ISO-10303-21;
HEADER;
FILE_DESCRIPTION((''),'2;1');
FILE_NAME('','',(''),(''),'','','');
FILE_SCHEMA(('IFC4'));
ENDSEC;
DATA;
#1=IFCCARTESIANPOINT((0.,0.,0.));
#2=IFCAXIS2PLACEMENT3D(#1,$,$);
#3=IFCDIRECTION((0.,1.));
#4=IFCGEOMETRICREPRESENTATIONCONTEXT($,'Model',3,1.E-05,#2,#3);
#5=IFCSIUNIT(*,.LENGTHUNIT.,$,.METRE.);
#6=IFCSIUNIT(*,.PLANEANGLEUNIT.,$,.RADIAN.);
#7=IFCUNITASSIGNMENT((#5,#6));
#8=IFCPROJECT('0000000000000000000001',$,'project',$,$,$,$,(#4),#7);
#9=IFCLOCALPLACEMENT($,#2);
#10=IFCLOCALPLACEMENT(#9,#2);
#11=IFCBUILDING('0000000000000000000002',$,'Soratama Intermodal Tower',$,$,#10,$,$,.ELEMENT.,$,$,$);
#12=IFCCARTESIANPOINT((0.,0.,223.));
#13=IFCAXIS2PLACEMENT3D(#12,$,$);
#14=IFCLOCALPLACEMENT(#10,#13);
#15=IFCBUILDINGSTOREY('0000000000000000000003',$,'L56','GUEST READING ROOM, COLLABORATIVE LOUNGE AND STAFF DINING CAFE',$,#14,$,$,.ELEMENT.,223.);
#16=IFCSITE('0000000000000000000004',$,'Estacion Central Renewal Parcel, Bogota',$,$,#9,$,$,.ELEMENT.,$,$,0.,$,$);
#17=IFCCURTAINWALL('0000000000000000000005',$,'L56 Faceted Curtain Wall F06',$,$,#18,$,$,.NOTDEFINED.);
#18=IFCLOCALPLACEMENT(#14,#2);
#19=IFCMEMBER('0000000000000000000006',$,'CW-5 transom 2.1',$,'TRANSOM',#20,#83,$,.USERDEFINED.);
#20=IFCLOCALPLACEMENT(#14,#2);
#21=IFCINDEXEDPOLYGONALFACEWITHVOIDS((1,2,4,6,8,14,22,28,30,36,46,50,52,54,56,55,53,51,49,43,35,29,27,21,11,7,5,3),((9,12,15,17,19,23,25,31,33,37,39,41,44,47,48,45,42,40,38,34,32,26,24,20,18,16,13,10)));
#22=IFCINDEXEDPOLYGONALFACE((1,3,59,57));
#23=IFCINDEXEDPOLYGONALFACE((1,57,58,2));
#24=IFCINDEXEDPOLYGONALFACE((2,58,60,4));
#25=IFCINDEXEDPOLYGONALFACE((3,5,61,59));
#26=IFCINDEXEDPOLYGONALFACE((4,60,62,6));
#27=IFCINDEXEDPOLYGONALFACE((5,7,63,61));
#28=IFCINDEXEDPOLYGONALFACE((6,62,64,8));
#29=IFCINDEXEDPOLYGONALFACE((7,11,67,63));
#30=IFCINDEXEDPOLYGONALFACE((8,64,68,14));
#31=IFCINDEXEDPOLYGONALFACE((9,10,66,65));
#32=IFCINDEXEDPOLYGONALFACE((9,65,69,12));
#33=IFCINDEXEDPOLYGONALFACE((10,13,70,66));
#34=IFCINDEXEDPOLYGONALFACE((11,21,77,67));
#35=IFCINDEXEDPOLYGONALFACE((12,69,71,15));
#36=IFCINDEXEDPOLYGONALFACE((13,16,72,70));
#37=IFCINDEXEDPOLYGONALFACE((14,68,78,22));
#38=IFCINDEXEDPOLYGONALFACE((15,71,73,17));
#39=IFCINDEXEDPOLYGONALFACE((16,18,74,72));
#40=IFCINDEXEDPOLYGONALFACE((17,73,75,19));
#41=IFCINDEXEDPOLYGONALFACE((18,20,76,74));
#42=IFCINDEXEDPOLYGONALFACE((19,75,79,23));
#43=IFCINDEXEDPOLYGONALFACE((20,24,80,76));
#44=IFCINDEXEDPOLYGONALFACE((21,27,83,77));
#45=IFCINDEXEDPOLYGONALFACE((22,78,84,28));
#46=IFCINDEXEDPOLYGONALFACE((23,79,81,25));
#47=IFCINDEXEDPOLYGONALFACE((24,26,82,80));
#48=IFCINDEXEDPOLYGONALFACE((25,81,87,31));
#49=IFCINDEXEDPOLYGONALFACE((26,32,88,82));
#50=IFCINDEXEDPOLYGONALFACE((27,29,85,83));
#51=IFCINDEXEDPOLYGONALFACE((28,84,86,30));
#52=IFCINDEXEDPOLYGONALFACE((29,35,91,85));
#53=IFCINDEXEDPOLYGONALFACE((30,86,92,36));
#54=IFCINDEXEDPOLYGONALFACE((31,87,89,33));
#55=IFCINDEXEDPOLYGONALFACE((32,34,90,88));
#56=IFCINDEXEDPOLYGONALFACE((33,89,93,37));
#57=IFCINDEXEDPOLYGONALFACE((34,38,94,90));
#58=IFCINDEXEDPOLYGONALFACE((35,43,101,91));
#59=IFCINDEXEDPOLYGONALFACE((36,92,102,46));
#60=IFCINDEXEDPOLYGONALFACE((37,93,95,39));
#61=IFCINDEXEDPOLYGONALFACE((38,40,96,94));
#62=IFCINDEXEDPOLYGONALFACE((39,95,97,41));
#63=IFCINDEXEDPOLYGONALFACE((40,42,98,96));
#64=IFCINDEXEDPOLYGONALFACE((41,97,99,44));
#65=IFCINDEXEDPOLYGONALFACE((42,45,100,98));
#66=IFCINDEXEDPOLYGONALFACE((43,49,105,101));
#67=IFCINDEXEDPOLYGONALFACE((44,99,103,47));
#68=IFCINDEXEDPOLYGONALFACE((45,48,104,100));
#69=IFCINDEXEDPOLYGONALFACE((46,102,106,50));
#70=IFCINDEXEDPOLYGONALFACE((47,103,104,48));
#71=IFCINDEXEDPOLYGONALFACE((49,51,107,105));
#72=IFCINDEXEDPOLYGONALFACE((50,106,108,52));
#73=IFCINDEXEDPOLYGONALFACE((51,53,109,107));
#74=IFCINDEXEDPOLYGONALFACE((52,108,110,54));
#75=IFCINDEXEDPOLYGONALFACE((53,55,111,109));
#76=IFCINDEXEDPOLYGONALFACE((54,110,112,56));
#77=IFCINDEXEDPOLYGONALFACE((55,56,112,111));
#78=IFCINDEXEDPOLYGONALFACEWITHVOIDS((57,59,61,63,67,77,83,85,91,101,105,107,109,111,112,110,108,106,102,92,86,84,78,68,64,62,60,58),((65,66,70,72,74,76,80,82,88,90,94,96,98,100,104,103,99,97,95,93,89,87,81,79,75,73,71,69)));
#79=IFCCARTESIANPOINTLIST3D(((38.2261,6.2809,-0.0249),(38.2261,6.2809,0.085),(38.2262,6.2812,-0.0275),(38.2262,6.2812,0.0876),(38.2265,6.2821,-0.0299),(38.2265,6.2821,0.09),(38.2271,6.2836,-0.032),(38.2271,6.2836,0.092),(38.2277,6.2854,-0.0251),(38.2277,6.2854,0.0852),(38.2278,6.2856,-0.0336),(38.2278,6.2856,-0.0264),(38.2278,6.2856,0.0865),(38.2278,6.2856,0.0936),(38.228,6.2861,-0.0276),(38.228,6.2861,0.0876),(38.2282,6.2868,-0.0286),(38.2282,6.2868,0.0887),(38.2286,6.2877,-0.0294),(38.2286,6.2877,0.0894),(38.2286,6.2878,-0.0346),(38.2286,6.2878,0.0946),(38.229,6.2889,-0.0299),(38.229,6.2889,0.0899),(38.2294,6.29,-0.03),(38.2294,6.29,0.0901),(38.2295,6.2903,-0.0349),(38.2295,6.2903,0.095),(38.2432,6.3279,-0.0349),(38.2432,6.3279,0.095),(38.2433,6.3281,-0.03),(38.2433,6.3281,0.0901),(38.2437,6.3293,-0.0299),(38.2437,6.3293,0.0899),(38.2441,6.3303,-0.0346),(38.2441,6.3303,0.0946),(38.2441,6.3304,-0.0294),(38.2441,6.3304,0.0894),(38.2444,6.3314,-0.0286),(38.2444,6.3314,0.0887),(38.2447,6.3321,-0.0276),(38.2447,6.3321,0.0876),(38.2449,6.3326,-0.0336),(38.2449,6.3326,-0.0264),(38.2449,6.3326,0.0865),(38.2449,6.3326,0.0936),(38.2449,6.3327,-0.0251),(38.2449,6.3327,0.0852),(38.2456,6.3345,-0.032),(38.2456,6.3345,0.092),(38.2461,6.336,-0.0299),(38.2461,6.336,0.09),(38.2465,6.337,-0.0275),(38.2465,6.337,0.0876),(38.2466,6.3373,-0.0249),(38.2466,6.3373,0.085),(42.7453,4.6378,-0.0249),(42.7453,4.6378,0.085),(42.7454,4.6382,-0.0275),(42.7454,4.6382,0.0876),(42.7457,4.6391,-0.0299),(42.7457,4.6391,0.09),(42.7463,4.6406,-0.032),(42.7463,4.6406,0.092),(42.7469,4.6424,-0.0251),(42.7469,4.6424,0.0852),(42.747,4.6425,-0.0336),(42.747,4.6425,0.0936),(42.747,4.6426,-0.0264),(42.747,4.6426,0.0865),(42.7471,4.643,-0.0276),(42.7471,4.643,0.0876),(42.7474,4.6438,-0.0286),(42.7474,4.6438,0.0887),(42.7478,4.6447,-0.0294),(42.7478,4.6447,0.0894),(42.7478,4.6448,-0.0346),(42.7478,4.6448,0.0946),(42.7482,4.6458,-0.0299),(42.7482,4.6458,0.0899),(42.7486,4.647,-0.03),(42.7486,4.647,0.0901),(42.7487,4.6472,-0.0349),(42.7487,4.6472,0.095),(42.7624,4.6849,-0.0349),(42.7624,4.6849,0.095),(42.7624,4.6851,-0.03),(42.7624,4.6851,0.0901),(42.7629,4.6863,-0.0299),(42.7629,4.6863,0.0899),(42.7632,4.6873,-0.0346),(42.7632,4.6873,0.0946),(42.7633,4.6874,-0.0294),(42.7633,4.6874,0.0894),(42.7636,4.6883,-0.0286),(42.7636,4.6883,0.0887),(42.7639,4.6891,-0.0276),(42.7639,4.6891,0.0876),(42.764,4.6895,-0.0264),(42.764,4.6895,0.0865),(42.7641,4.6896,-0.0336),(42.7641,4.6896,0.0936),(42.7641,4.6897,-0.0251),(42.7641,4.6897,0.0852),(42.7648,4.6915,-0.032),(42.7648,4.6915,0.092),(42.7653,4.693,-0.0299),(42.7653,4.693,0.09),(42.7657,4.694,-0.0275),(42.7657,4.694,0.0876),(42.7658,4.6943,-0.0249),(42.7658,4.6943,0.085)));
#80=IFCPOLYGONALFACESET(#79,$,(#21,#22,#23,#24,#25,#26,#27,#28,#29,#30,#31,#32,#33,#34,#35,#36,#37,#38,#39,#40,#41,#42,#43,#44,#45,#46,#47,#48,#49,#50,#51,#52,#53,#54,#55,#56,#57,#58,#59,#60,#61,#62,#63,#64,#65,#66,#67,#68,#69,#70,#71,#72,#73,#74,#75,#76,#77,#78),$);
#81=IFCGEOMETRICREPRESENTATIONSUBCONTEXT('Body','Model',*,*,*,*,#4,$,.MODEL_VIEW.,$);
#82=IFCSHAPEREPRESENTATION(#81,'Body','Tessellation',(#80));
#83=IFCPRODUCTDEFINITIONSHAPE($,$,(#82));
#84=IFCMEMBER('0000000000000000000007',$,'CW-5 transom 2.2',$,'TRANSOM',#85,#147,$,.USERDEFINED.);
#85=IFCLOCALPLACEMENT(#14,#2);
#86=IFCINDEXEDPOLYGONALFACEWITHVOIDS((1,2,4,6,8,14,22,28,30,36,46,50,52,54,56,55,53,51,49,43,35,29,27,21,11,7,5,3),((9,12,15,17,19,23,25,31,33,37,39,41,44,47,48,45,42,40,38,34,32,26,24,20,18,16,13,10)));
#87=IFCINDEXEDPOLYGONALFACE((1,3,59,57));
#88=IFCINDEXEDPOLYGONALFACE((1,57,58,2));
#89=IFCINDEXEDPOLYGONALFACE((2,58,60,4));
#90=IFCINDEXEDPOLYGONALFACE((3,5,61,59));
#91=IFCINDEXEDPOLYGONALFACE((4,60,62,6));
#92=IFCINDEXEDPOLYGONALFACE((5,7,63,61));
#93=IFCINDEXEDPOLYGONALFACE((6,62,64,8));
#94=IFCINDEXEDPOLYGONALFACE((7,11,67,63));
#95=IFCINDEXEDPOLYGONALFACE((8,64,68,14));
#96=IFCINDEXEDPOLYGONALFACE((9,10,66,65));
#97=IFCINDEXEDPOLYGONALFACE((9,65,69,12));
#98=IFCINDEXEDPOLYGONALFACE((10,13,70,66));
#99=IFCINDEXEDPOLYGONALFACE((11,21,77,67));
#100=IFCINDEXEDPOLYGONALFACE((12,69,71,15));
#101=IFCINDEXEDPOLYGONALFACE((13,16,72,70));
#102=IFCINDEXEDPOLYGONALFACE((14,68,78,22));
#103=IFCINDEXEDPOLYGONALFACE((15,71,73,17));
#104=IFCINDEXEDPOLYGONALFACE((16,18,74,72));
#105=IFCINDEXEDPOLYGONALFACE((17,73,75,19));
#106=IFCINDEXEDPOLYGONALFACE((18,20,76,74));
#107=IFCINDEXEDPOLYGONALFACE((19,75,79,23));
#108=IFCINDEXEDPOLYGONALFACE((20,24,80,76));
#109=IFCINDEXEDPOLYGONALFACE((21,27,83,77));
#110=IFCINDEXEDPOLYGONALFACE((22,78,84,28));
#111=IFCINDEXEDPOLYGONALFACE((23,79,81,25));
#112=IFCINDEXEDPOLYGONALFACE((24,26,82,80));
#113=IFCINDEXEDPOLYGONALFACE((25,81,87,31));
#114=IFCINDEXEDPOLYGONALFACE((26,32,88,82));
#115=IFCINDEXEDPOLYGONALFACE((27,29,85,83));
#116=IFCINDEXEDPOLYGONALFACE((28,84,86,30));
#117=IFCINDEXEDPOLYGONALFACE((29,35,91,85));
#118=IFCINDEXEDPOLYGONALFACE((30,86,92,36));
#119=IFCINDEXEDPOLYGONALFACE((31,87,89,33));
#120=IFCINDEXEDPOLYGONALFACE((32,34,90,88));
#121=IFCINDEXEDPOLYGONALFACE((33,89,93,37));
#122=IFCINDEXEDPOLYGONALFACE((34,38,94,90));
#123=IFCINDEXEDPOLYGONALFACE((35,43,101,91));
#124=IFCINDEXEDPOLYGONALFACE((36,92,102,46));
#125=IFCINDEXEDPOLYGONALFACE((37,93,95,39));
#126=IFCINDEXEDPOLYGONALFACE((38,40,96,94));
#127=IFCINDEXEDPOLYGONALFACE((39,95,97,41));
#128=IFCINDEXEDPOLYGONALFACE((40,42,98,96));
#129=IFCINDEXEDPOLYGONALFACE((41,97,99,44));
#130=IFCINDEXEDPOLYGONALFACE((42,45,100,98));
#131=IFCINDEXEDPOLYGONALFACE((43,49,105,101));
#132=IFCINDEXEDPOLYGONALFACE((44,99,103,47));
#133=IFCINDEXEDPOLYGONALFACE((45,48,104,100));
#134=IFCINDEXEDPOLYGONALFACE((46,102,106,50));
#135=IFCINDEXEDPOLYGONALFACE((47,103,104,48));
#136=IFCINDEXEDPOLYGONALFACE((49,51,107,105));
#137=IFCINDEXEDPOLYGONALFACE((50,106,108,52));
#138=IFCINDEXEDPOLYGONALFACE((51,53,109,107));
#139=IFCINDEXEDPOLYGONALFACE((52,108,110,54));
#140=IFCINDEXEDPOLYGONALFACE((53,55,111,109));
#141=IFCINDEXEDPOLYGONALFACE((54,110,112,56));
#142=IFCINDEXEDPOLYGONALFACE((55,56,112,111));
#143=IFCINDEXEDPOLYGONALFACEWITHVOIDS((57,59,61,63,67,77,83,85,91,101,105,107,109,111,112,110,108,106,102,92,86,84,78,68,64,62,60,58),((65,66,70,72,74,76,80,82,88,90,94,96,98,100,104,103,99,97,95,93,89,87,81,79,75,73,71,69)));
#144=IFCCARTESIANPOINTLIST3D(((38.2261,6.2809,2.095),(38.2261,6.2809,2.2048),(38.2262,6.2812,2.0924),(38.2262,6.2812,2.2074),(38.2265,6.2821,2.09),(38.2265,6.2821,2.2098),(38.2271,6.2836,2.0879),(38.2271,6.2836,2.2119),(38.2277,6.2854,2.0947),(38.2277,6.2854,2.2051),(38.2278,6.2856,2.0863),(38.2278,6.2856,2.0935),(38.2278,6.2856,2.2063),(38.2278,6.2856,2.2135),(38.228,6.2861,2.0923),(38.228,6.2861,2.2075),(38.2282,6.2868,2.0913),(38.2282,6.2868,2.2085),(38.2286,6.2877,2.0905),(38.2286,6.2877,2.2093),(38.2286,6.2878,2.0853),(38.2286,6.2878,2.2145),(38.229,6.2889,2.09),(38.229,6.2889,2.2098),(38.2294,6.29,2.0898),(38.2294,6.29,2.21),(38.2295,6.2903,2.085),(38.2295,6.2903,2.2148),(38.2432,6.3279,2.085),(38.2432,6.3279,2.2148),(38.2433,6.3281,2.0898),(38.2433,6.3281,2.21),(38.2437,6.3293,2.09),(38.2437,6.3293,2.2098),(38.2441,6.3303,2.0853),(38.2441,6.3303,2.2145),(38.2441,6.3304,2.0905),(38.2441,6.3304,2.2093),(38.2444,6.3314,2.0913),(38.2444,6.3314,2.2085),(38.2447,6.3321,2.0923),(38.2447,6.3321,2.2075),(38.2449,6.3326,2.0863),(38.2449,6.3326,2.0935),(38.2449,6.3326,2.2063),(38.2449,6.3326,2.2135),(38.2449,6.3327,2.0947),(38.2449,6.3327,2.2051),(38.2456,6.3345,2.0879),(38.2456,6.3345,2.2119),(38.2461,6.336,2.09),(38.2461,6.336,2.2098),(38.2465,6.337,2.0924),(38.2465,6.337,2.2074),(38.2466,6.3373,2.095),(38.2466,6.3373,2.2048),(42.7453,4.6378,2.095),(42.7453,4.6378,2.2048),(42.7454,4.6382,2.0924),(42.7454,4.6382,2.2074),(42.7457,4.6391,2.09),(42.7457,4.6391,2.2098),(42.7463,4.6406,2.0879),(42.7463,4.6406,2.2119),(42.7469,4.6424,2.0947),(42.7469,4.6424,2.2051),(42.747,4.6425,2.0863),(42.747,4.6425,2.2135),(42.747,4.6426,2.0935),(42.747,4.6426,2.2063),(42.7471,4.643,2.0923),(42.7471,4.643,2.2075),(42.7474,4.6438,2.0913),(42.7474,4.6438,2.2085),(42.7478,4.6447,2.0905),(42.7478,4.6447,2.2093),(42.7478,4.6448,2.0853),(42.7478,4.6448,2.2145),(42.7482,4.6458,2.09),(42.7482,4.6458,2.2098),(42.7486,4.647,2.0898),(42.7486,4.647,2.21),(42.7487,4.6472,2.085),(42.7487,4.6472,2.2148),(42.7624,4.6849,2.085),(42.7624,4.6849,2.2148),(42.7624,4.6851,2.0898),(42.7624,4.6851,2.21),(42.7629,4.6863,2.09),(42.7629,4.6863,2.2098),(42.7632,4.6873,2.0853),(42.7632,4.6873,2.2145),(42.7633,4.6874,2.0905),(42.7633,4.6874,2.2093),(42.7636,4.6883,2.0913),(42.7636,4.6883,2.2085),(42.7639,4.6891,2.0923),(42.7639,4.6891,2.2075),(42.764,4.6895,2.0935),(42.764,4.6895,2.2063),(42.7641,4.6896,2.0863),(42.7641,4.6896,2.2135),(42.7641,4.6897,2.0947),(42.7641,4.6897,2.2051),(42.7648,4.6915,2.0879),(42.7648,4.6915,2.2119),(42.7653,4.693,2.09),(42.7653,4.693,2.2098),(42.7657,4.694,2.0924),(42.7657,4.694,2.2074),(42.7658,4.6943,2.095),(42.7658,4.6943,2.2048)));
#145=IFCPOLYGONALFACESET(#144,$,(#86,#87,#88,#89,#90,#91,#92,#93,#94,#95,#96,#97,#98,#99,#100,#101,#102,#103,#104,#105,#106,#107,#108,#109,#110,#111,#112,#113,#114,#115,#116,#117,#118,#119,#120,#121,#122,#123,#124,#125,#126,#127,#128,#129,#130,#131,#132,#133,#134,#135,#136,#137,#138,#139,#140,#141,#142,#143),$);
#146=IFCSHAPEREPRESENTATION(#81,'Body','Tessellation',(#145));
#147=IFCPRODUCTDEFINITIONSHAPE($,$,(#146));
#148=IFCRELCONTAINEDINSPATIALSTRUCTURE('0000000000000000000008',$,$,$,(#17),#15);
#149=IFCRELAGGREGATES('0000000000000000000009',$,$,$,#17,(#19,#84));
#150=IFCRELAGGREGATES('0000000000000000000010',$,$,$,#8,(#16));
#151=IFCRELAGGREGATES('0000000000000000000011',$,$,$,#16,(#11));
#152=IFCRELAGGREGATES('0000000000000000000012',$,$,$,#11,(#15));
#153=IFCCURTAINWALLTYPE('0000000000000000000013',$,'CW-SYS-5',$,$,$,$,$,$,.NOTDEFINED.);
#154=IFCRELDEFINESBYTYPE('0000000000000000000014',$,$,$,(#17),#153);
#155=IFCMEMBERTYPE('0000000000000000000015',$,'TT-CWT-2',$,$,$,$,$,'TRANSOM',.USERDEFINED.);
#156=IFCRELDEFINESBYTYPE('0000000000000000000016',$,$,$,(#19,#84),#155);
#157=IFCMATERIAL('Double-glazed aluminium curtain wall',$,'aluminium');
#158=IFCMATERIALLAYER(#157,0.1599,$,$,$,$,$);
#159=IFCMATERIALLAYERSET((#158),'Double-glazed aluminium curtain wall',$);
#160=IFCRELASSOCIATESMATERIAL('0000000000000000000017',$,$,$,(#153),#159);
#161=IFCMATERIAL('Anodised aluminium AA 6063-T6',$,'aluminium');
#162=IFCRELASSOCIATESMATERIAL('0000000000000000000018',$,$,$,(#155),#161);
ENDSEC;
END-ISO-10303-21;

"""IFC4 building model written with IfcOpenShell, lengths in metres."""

from ifc_helpers import new_model, si_unit, direction, frame, origin, origin_2d, place, context, subcontext, project, spatial, hollow_rectangle, extrude, material, layer, layer_set, material_profile, profile_set, type_object, element, aggregate, save


model = new_model("IFC4")

# Units and contexts
model_context = context("Model", 3, precision=1e-05, world=origin(), true_north=direction((0.0, 1.0)))
body_context = subcontext(model_context, "Body", "Model", "MODEL_VIEW")
ifc_project = project(units=[si_unit("LENGTHUNIT", "METRE"), si_unit("PLANEANGLEUNIT", "RADIAN")], contexts=[model_context])

# Site, building, storey
site_placement = place(None, origin())
site = spatial("IfcSite", under=ifc_project, at=site_placement, Name="Estacion Central Renewal Parcel, Bogota", CompositionType="ELEMENT", RefElevation=0.0)
building_placement = place(site_placement, origin())
building = spatial("IfcBuilding", under=site, at=building_placement, Name="Soratama Intermodal Tower", CompositionType="ELEMENT")
storey_placement = place(building_placement, frame((0.0, 0.0, 223.0)))
storey = spatial("IfcBuildingStorey", under=building, at=storey_placement, Name="L56", Description="GUEST READING ROOM, COLLABORATIVE LOUNGE AND STAFF DINING CAFE", CompositionType="ELEMENT", Elevation=223.0)

# Curtain wall, members
ifc_material_1 = material(Name="Double-glazed aluminium curtain wall", Category="aluminium")
ifc_layer_1 = layer(ifc_material_1, 0.1599)
ifc_layer_set_1 = layer_set([ifc_layer_1], Name="Double-glazed aluminium curtain wall")
curtain_wall_type = type_object("IfcCurtainWallType", Name="CW-SYS-5", PredefinedType="NOTDEFINED", material=ifc_layer_set_1)
curtain_wall_placement = place(storey_placement, origin())
curtain_wall = element("IfcCurtainWall", 1, at=curtain_wall_placement, inside=storey, type_object=curtain_wall_type, Name="L56 Faceted Curtain Wall F06", PredefinedType="NOTDEFINED")
ifc_material_2 = material(Name="Anodised aluminium AA 6063-T6", Category="aluminium")
ifc_material_profile_1 = material_profile(ifc_material_2, hollow_rectangle(XDim=0.0601, YDim=0.1299, WallThickness=0.0049, InnerFilletRadius=0.0049, OuterFilletRadius=0.01, at=origin_2d()), Name="CWT130X60X5")
ifc_profile_set_1 = profile_set([ifc_material_profile_1], Name="Anodised aluminium AA 6063-T6")
member_type_1 = type_object("IfcMemberType", Name="TT-CWT-2", ElementType="TRANSOM", PredefinedType="USERDEFINED", material=ifc_profile_set_1)
member_1_placement = place(storey_placement, frame((38.2363, 6.3091, 0.03), z_axis=(0.939814, -0.341686, 0.0), x_axis=(0.341686, 0.939814, 0.0)))
member_1 = element("IfcMember", 2, at=member_1_placement, type_object=member_type_1, Name="CW-5 transom 2.1", ObjectType="TRANSOM", PredefinedType="USERDEFINED", context=body_context, shape_type="SweptSolid", body=[
    extrude(hollow_rectangle(XDim=0.0601, YDim=0.1299, WallThickness=0.0049, InnerFilletRadius=0.0049, OuterFilletRadius=0.01, at=origin_2d()), origin(), (0.0, 0.0, 1.0), 4.8086),
])
member_2_placement = place(storey_placement, frame((38.2363, 6.3091, 2.1499), z_axis=(0.939814, -0.341686, 0.0), x_axis=(0.341686, 0.939814, 0.0)))
member_2 = element("IfcMember", 3, at=member_2_placement, type_object=member_type_1, Name="CW-5 transom 2.2", ObjectType="TRANSOM", PredefinedType="USERDEFINED", context=body_context, shape_type="SweptSolid", body=[
    extrude(hollow_rectangle(XDim=0.0601, YDim=0.1299, WallThickness=0.0049, InnerFilletRadius=0.0049, OuterFilletRadius=0.01, at=origin_2d()), origin(), (0.0, 0.0, 1.0), 4.8086),
])
aggregate(curtain_wall, [member_1, member_2])

save(model, "model.ifc")
